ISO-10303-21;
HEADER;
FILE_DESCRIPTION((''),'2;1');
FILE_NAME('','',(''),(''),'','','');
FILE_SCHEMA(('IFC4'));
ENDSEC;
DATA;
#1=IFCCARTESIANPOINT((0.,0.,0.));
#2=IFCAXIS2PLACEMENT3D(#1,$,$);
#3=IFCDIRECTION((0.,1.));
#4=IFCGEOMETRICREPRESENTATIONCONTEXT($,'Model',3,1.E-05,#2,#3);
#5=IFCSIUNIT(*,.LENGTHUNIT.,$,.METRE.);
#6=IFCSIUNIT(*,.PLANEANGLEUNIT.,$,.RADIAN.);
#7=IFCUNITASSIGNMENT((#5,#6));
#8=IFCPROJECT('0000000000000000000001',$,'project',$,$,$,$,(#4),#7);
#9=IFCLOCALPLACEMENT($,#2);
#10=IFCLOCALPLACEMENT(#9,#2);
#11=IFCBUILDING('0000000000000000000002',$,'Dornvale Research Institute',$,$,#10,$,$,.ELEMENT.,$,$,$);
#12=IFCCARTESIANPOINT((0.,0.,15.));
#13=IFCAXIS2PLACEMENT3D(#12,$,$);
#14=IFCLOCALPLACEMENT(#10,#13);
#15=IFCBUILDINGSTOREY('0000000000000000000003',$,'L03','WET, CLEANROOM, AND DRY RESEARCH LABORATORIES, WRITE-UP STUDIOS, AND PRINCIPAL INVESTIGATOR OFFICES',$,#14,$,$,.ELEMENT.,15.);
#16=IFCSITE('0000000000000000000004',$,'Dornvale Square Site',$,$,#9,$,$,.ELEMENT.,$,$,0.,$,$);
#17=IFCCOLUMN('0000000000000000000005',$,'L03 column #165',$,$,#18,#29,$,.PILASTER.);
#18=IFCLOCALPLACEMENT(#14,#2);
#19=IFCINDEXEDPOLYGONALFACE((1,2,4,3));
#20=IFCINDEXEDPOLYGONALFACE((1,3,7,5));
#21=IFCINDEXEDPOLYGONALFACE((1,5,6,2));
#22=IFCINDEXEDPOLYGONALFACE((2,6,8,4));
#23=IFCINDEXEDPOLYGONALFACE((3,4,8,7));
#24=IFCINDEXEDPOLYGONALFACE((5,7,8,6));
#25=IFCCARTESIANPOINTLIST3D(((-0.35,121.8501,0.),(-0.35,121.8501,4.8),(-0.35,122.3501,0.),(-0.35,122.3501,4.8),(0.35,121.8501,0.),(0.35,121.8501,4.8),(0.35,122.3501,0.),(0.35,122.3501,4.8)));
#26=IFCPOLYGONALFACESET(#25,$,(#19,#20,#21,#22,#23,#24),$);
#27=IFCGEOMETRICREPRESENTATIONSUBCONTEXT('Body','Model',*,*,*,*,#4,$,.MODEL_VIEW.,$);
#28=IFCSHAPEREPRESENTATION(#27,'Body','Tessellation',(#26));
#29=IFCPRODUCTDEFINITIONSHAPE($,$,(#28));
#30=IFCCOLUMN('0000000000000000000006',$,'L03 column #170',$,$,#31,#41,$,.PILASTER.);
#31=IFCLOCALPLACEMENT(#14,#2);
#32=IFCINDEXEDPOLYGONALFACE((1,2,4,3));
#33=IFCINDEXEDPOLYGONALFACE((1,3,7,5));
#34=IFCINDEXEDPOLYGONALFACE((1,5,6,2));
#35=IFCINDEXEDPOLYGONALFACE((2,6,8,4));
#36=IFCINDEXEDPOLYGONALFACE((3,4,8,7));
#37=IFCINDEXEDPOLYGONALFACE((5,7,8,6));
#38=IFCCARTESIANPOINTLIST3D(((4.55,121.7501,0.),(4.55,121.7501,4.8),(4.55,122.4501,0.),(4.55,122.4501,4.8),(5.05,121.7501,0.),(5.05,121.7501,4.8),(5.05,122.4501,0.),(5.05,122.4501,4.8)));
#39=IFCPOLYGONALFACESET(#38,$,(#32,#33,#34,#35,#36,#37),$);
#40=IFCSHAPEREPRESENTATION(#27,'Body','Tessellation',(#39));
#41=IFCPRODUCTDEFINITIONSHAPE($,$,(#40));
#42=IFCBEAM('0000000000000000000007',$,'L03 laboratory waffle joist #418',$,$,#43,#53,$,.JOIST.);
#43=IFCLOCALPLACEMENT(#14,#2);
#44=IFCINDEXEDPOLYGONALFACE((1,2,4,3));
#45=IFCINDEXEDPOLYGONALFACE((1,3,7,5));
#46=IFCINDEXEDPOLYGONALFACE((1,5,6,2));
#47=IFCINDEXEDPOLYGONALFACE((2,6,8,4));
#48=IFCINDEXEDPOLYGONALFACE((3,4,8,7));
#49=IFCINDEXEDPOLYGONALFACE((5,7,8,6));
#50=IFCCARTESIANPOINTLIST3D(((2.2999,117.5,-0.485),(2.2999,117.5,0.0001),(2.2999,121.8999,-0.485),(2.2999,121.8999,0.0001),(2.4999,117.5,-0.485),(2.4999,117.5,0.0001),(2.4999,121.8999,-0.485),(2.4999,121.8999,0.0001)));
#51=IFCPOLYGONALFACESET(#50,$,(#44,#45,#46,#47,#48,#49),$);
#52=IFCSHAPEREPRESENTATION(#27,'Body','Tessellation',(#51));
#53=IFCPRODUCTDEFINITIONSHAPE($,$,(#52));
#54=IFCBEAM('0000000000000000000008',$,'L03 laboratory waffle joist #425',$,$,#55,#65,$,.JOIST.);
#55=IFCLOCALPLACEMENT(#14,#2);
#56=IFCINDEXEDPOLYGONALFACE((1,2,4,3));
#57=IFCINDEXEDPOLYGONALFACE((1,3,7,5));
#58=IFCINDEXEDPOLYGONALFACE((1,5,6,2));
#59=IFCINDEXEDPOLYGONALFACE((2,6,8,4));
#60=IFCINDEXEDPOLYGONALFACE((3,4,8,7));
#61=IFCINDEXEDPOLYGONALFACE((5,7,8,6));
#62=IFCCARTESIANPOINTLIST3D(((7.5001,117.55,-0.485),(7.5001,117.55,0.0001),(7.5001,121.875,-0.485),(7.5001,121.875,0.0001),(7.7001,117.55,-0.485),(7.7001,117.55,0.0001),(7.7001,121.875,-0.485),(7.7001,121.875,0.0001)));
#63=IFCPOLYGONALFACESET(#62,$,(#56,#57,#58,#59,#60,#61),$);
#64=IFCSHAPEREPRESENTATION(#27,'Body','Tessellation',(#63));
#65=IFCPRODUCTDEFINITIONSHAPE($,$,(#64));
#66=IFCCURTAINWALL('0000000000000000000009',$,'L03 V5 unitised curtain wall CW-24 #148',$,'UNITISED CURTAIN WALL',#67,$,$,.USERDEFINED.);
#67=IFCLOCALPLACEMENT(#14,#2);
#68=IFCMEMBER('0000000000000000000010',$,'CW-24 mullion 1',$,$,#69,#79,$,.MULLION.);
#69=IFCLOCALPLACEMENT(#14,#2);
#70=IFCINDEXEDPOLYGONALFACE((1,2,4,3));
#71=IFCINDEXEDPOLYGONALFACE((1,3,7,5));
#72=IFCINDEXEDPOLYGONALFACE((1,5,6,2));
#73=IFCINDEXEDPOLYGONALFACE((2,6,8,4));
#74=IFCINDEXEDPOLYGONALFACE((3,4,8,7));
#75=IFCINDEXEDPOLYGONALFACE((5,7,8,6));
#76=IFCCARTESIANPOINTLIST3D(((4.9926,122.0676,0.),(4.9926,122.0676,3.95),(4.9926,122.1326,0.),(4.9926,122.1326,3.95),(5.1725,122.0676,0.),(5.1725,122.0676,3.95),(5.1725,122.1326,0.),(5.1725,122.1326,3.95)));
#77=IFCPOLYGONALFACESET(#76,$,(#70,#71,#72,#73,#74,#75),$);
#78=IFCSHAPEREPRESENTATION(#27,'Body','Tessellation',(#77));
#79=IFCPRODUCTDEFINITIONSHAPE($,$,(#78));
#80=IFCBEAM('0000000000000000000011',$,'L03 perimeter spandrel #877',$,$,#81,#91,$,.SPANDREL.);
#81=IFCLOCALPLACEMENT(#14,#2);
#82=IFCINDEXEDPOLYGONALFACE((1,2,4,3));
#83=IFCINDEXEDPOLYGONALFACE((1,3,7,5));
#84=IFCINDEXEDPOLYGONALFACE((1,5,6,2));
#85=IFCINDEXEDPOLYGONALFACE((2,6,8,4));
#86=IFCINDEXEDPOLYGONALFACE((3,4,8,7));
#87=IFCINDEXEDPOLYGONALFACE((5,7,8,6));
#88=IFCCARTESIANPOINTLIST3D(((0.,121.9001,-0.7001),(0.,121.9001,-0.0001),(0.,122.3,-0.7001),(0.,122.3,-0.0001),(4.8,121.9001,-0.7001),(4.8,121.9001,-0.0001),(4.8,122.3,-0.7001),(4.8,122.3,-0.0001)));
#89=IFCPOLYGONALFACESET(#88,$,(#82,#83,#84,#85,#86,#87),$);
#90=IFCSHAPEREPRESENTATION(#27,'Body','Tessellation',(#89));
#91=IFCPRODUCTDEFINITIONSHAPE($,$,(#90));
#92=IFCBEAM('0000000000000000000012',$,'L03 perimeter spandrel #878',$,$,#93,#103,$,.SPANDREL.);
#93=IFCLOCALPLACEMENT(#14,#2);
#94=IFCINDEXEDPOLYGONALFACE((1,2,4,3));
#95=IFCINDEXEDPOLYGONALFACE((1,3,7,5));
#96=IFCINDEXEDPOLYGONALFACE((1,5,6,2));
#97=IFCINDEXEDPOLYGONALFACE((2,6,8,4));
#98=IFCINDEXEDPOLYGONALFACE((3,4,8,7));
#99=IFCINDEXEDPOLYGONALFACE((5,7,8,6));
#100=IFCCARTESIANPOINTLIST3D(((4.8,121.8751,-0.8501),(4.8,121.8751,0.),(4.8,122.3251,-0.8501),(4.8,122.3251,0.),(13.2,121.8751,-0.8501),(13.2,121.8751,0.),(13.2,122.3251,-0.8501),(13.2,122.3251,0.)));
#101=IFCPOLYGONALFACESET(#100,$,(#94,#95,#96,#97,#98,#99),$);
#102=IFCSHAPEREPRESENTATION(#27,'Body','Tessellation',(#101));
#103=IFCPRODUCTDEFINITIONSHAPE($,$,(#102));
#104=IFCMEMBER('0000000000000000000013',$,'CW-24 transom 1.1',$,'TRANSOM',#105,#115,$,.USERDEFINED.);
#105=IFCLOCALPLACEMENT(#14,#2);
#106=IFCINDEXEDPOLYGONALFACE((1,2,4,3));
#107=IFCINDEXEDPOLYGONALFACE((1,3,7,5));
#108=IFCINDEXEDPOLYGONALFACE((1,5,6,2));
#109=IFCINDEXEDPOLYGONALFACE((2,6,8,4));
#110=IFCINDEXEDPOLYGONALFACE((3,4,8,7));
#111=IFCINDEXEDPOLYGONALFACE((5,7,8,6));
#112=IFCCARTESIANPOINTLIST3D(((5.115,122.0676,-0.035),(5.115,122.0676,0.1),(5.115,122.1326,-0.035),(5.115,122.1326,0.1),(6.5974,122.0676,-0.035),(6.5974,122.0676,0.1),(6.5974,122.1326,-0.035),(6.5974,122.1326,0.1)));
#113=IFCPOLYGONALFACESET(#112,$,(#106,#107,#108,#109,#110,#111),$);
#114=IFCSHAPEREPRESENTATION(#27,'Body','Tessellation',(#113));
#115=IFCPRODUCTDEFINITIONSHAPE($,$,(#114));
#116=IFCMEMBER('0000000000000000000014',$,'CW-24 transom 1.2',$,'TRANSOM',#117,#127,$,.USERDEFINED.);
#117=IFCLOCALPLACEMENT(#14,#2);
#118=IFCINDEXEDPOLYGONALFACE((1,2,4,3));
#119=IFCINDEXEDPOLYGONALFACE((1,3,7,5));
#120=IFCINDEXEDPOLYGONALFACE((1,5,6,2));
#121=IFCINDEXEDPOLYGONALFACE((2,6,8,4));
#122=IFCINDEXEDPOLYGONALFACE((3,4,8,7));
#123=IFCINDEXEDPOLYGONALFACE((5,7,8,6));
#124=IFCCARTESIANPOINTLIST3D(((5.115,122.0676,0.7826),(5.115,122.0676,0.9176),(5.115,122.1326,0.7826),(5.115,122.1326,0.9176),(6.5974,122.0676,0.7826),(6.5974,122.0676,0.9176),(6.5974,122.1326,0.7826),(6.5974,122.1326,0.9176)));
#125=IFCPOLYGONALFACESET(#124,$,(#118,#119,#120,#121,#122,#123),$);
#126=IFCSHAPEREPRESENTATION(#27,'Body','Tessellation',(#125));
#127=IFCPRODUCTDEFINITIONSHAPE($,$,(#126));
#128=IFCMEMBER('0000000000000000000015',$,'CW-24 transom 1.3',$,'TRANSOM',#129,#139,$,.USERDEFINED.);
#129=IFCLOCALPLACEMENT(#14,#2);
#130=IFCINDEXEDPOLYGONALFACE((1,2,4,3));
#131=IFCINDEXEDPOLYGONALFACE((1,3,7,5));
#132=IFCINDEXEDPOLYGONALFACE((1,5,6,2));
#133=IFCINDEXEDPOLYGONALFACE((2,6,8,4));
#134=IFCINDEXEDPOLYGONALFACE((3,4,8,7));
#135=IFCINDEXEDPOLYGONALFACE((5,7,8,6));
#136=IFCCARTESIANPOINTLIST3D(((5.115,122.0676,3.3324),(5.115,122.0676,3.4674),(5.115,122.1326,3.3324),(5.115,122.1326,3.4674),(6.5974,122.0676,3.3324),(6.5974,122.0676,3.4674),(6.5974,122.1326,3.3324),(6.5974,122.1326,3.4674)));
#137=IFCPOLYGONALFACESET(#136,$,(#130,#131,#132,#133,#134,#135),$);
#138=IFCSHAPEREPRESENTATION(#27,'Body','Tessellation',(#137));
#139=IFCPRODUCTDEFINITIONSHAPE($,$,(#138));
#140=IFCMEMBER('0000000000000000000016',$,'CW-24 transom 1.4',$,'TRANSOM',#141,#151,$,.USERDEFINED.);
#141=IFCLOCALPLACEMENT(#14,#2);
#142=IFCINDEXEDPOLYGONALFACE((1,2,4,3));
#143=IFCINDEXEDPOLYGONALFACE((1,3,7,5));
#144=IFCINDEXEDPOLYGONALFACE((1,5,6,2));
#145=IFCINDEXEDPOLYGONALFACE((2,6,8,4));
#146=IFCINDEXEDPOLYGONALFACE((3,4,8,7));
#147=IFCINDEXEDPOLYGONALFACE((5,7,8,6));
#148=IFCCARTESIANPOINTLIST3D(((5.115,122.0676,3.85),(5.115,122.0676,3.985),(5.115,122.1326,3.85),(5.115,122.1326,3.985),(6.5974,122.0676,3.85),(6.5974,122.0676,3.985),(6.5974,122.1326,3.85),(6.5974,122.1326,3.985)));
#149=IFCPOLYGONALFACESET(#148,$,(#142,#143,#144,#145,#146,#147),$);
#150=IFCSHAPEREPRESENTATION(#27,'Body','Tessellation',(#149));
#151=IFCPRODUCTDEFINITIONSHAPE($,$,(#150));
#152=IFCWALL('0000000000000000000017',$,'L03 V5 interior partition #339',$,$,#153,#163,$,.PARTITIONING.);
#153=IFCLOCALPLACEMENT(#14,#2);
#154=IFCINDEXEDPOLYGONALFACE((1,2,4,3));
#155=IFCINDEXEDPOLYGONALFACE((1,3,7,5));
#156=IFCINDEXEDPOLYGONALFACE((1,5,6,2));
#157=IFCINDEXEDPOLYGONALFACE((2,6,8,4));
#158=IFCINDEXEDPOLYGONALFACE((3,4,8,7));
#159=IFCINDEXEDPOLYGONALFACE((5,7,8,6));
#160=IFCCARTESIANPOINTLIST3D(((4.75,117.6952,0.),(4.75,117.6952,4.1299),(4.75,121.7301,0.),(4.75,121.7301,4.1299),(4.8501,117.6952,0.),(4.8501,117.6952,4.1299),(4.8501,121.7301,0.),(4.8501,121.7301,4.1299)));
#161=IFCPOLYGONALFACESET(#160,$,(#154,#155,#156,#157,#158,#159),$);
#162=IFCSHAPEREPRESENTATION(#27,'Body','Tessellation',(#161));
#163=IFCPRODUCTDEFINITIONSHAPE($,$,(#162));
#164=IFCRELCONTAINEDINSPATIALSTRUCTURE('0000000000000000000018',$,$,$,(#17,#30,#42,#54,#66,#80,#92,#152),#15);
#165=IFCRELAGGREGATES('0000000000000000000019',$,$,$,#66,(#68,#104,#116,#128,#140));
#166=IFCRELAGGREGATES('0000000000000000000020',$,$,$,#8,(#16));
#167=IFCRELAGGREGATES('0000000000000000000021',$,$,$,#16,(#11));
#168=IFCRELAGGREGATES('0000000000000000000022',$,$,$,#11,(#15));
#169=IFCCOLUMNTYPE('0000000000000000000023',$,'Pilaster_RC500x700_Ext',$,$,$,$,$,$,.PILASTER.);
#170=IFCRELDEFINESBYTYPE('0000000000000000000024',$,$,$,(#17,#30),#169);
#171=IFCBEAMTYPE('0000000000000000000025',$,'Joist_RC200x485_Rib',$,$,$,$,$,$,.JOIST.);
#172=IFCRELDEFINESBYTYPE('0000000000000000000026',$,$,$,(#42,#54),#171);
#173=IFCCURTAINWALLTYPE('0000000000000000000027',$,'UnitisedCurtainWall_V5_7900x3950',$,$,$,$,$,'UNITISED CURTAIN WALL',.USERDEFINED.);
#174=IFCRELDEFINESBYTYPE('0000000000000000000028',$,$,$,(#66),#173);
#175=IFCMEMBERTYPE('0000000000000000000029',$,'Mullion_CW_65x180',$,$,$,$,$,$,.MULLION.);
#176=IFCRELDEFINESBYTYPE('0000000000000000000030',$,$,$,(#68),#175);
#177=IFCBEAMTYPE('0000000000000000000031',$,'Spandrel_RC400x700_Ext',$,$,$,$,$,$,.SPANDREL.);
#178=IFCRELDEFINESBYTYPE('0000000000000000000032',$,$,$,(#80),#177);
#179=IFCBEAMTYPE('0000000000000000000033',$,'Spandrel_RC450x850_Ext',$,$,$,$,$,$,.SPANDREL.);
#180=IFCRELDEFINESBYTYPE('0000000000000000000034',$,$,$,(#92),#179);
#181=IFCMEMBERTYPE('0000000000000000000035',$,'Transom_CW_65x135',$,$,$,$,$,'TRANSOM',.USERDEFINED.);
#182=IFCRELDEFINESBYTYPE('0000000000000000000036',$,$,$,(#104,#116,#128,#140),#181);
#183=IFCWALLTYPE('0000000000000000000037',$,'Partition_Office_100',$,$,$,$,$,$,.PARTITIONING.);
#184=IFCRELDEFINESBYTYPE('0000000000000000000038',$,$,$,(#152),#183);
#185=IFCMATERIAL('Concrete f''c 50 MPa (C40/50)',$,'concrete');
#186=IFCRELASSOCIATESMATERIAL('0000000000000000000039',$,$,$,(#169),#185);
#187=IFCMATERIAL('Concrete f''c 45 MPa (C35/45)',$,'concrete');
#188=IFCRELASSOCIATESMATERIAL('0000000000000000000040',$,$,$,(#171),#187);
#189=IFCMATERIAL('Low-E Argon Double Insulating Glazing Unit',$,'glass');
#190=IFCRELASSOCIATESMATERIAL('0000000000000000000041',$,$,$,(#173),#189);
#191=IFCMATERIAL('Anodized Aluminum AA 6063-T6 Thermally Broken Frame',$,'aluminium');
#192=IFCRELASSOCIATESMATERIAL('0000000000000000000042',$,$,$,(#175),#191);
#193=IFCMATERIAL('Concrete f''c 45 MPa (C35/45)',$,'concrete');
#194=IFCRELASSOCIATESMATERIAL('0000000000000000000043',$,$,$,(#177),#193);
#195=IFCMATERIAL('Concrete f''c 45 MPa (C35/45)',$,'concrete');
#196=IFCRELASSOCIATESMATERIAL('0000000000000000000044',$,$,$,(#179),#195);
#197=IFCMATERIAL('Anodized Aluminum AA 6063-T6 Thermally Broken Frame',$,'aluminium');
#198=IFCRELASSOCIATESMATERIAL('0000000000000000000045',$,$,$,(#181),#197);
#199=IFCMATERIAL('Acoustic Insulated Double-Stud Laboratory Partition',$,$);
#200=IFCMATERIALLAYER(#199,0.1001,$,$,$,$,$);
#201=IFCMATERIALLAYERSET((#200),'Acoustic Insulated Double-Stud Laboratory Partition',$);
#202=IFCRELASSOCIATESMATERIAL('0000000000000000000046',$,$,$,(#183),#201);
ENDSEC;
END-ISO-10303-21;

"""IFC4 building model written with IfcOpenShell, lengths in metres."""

from ifc_helpers import new_model, si_unit, direction, frame, frame_2d, origin, origin_2d, place, context, subcontext, project, spatial, rectangle, extrude, material, layer, layer_set, material_profile, profile_set, type_object, element, aggregate, save


model = new_model("IFC4")

# Units and contexts
model_context = context("Model", 3, precision=1e-05, world=origin(), true_north=direction((0.0, 1.0)))
body_context = subcontext(model_context, "Body", "Model", "MODEL_VIEW")
ifc_project = project(units=[si_unit("LENGTHUNIT", "METRE"), si_unit("PLANEANGLEUNIT", "RADIAN")], contexts=[model_context])

# Site, building, storey
site_placement = place(None, origin())
site = spatial("IfcSite", under=ifc_project, at=site_placement, Name="Dornvale Square Site", CompositionType="ELEMENT", RefElevation=0.0)
building_placement = place(site_placement, origin())
building = spatial("IfcBuilding", under=site, at=building_placement, Name="Dornvale Research Institute", CompositionType="ELEMENT")
storey_placement = place(building_placement, frame((0.0, 0.0, 15.0)))
storey = spatial("IfcBuildingStorey", under=building, at=storey_placement, Name="L03", Description="WET, CLEANROOM, AND DRY RESEARCH LABORATORIES, WRITE-UP STUDIOS, AND PRINCIPAL INVESTIGATOR OFFICES", CompositionType="ELEMENT", Elevation=15.0)

# Columns
ifc_material_1 = material(Name="Concrete f'c 50 MPa (C40/50)", Category="concrete")
ifc_material_profile_1 = material_profile(ifc_material_1, rectangle(XDim=0.5, YDim=0.7, at=origin_2d()), Name="RC 500x700")
ifc_profile_set_1 = profile_set([ifc_material_profile_1], Name="Concrete f'c 50 MPa (C40/50)")
column_type = type_object("IfcColumnType", Name="Pilaster_RC500x700_Ext", PredefinedType="PILASTER", material=ifc_profile_set_1)
for number, where, z_axis, x_axis, name in (
    (1, (0.0, 122.1001, 0.0), (0.0, 0.0, 1.0), (0.0, 1.0, 0.0), "L03 column #165"),
    (2, (4.8, 122.1001, 0.0), (0.0, 0.0, 1.0), (1.0, 0.0, 0.0), "L03 column #170"),
):
    element("IfcColumn", number, at=place(storey_placement, frame(where, z_axis=z_axis, x_axis=x_axis)), inside=storey, type_object=column_type, Name=name, PredefinedType="PILASTER", context=body_context, shape_type="SweptSolid", body=[
        extrude(rectangle(XDim=0.5, YDim=0.7, at=origin_2d()), origin(), (0.0, 0.0, 1.0), 4.8),
    ])

# Beams
ifc_material_2 = material(Name="Concrete f'c 45 MPa (C35/45)", Category="concrete")
ifc_material_profile_2 = material_profile(ifc_material_2, rectangle(XDim=0.2, YDim=0.4851, at=origin_2d()), Name="RC 200x485")
ifc_profile_set_2 = profile_set([ifc_material_profile_2], Name="Concrete f'c 45 MPa (C35/45)")
beam_type_1 = type_object("IfcBeamType", Name="Joist_RC200x485_Rib", PredefinedType="JOIST", material=ifc_profile_set_2)
beam_1_placement = place(storey_placement, frame((2.3999, 117.5, -0.2424), z_axis=(0.0, 1.0, 0.0), x_axis=(-1.0, 0.0, 0.0)))
element("IfcBeam", 3, at=beam_1_placement, inside=storey, type_object=beam_type_1, Name="L03 laboratory waffle joist #418", PredefinedType="JOIST", context=body_context, shape_type="SweptSolid", body=[
    extrude(rectangle(XDim=0.2, YDim=0.4851, at=origin_2d()), origin(), (0.0, 0.0, 1.0), 4.3999),
])
beam_2_placement = place(storey_placement, frame((7.6001, 117.55, -0.2424), z_axis=(0.0, 1.0, 0.0), x_axis=(-1.0, 0.0, 0.0)))
element("IfcBeam", 4, at=beam_2_placement, inside=storey, type_object=beam_type_1, Name="L03 laboratory waffle joist #425", PredefinedType="JOIST", context=body_context, shape_type="SweptSolid", body=[
    extrude(rectangle(XDim=0.2, YDim=0.4851, at=origin_2d()), origin(), (0.0, 0.0, 1.0), 4.325),
])

# Curtain wall, member
ifc_material_3 = material(Name="Low-E Argon Double Insulating Glazing Unit", Category="glass")
curtain_wall_type = type_object("IfcCurtainWallType", Name="UnitisedCurtainWall_V5_7900x3950", ElementType="UNITISED CURTAIN WALL", PredefinedType="USERDEFINED", material=ifc_material_3)
curtain_wall_placement = place(storey_placement, origin())
curtain_wall = element("IfcCurtainWall", 5, at=curtain_wall_placement, inside=storey, type_object=curtain_wall_type, Name="L03 V5 unitised curtain wall CW-24 #148", ObjectType="UNITISED CURTAIN WALL", PredefinedType="USERDEFINED")
ifc_material_4 = material(Name="Anodized Aluminum AA 6063-T6 Thermally Broken Frame", Category="aluminium")
ifc_material_profile_3 = material_profile(ifc_material_4, rectangle(XDim=0.0649, YDim=0.1799, at=origin_2d()), Name="ALU MULLION 65x180")
ifc_profile_set_3 = profile_set([ifc_material_profile_3], Name="Anodized Aluminum AA 6063-T6 Thermally Broken Frame")
member_type_1 = type_object("IfcMemberType", Name="Mullion_CW_65x180", PredefinedType="MULLION", material=ifc_profile_set_3)
member_1_placement = place(storey_placement, frame((5.0825, 122.1001, 0.0), z_axis=(0.0, 0.0, 1.0), x_axis=(0.0, 1.0, 0.0)))
member_1 = element("IfcMember", 6, at=member_1_placement, type_object=member_type_1, Name="CW-24 mullion 1", PredefinedType="MULLION", context=body_context, shape_type="SweptSolid", body=[
    extrude(rectangle(XDim=0.0649, YDim=0.1799, at=origin_2d()), origin(), (0.0, 0.0, 1.0), 3.95),
])

# Beams
ifc_material_5 = material(Name="Concrete f'c 45 MPa (C35/45)", Category="concrete")
ifc_material_profile_4 = material_profile(ifc_material_5, rectangle(XDim=0.3999, YDim=0.7, at=origin_2d()), Name="RC 400x700")
ifc_profile_set_4 = profile_set([ifc_material_profile_4], Name="Concrete f'c 45 MPa (C35/45)")
beam_type_2 = type_object("IfcBeamType", Name="Spandrel_RC400x700_Ext", PredefinedType="SPANDREL", material=ifc_profile_set_4)
beam_3_placement = place(storey_placement, frame((0.0, 122.1001, -0.3501), z_axis=(1.0, 0.0, 0.0), x_axis=(0.0, 1.0, 0.0)))
element("IfcBeam", 7, at=beam_3_placement, inside=storey, type_object=beam_type_2, Name="L03 perimeter spandrel #877", PredefinedType="SPANDREL", context=body_context, shape_type="SweptSolid", body=[
    extrude(rectangle(XDim=0.3999, YDim=0.7, at=origin_2d()), origin(), (0.0, 0.0, 1.0), 4.8),
])
ifc_material_6 = material(Name="Concrete f'c 45 MPa (C35/45)", Category="concrete")
ifc_material_profile_5 = material_profile(ifc_material_6, rectangle(XDim=0.45, YDim=0.8501, at=origin_2d()), Name="RC 450x850")
ifc_profile_set_5 = profile_set([ifc_material_profile_5], Name="Concrete f'c 45 MPa (C35/45)")
beam_type_3 = type_object("IfcBeamType", Name="Spandrel_RC450x850_Ext", PredefinedType="SPANDREL", material=ifc_profile_set_5)
beam_4_placement = place(storey_placement, frame((4.8, 122.1001, -0.425), z_axis=(1.0, 0.0, 0.0), x_axis=(0.0, 1.0, 0.0)))
element("IfcBeam", 8, at=beam_4_placement, inside=storey, type_object=beam_type_3, Name="L03 perimeter spandrel #878", PredefinedType="SPANDREL", context=body_context, shape_type="SweptSolid", body=[
    extrude(rectangle(XDim=0.45, YDim=0.8501, at=origin_2d()), origin(), (0.0, 0.0, 1.0), 8.3999),
])

# Members
ifc_material_7 = material(Name="Anodized Aluminum AA 6063-T6 Thermally Broken Frame", Category="aluminium")
ifc_material_profile_6 = material_profile(ifc_material_7, rectangle(XDim=0.0649, YDim=0.135, at=origin_2d()), Name="ALU TRANSOM 65x135")
ifc_profile_set_6 = profile_set([ifc_material_profile_6], Name="Anodized Aluminum AA 6063-T6 Thermally Broken Frame")
member_type_2 = type_object("IfcMemberType", Name="Transom_CW_65x135", ElementType="TRANSOM", PredefinedType="USERDEFINED", material=ifc_profile_set_6)
member_2_placement = place(storey_placement, frame((5.115, 122.1001, 0.0325), z_axis=(1.0, 0.0, 0.0), x_axis=(0.0, 1.0, 0.0)))
member_2 = element("IfcMember", 9, at=member_2_placement, type_object=member_type_2, Name="CW-24 transom 1.1", ObjectType="TRANSOM", PredefinedType="USERDEFINED", context=body_context, shape_type="SweptSolid", body=[
    extrude(rectangle(XDim=0.0649, YDim=0.135, at=origin_2d()), origin(), (0.0, 0.0, 1.0), 1.4824),
])
member_3_placement = place(storey_placement, frame((5.115, 122.1001, 0.8501), z_axis=(1.0, 0.0, 0.0), x_axis=(0.0, 1.0, 0.0)))
member_3 = element("IfcMember", 10, at=member_3_placement, type_object=member_type_2, Name="CW-24 transom 1.2", ObjectType="TRANSOM", PredefinedType="USERDEFINED", context=body_context, shape_type="SweptSolid", body=[
    extrude(rectangle(XDim=0.0649, YDim=0.135, at=origin_2d()), origin(), (0.0, 0.0, 1.0), 1.4824),
])
member_4_placement = place(storey_placement, frame((5.115, 122.1001, 3.3999), z_axis=(1.0, 0.0, 0.0), x_axis=(0.0, 1.0, 0.0)))
member_4 = element("IfcMember", 11, at=member_4_placement, type_object=member_type_2, Name="CW-24 transom 1.3", ObjectType="TRANSOM", PredefinedType="USERDEFINED", context=body_context, shape_type="SweptSolid", body=[
    extrude(rectangle(XDim=0.0649, YDim=0.135, at=origin_2d()), origin(), (0.0, 0.0, 1.0), 1.4824),
])
member_5_placement = place(storey_placement, frame((5.115, 122.1001, 3.9175), z_axis=(1.0, 0.0, 0.0), x_axis=(0.0, 1.0, 0.0)))
member_5 = element("IfcMember", 12, at=member_5_placement, type_object=member_type_2, Name="CW-24 transom 1.4", ObjectType="TRANSOM", PredefinedType="USERDEFINED", context=body_context, shape_type="SweptSolid", body=[
    extrude(rectangle(XDim=0.0649, YDim=0.135, at=origin_2d()), origin(), (0.0, 0.0, 1.0), 1.4824),
])
aggregate(curtain_wall, [member_1, member_2, member_3, member_4, member_5])

# Wall
ifc_material_8 = material(Name="Acoustic Insulated Double-Stud Laboratory Partition")
ifc_layer_1 = layer(ifc_material_8, 0.1001)
ifc_layer_set_1 = layer_set([ifc_layer_1], Name="Acoustic Insulated Double-Stud Laboratory Partition")
wall_type_1 = type_object("IfcWallType", Name="Partition_Office_100", PredefinedType="PARTITIONING", material=ifc_layer_set_1)
wall_1_placement = place(storey_placement, frame((4.8, 117.6951, 0.0), z_axis=(0.0, 0.0, 1.0), x_axis=(0.0, 1.0, 0.0)))
element("IfcWall", 13, at=wall_1_placement, inside=storey, type_object=wall_type_1, Name="L03 V5 interior partition #339", PredefinedType="PARTITIONING", context=body_context, shape_type="SweptSolid", body=[
    extrude(rectangle(XDim=4.0349, YDim=0.1001, at=frame_2d((2.0176, 0.0))), origin(), (0.0, 0.0, 1.0), 4.1299),
])

save(model, "model.ifc")
